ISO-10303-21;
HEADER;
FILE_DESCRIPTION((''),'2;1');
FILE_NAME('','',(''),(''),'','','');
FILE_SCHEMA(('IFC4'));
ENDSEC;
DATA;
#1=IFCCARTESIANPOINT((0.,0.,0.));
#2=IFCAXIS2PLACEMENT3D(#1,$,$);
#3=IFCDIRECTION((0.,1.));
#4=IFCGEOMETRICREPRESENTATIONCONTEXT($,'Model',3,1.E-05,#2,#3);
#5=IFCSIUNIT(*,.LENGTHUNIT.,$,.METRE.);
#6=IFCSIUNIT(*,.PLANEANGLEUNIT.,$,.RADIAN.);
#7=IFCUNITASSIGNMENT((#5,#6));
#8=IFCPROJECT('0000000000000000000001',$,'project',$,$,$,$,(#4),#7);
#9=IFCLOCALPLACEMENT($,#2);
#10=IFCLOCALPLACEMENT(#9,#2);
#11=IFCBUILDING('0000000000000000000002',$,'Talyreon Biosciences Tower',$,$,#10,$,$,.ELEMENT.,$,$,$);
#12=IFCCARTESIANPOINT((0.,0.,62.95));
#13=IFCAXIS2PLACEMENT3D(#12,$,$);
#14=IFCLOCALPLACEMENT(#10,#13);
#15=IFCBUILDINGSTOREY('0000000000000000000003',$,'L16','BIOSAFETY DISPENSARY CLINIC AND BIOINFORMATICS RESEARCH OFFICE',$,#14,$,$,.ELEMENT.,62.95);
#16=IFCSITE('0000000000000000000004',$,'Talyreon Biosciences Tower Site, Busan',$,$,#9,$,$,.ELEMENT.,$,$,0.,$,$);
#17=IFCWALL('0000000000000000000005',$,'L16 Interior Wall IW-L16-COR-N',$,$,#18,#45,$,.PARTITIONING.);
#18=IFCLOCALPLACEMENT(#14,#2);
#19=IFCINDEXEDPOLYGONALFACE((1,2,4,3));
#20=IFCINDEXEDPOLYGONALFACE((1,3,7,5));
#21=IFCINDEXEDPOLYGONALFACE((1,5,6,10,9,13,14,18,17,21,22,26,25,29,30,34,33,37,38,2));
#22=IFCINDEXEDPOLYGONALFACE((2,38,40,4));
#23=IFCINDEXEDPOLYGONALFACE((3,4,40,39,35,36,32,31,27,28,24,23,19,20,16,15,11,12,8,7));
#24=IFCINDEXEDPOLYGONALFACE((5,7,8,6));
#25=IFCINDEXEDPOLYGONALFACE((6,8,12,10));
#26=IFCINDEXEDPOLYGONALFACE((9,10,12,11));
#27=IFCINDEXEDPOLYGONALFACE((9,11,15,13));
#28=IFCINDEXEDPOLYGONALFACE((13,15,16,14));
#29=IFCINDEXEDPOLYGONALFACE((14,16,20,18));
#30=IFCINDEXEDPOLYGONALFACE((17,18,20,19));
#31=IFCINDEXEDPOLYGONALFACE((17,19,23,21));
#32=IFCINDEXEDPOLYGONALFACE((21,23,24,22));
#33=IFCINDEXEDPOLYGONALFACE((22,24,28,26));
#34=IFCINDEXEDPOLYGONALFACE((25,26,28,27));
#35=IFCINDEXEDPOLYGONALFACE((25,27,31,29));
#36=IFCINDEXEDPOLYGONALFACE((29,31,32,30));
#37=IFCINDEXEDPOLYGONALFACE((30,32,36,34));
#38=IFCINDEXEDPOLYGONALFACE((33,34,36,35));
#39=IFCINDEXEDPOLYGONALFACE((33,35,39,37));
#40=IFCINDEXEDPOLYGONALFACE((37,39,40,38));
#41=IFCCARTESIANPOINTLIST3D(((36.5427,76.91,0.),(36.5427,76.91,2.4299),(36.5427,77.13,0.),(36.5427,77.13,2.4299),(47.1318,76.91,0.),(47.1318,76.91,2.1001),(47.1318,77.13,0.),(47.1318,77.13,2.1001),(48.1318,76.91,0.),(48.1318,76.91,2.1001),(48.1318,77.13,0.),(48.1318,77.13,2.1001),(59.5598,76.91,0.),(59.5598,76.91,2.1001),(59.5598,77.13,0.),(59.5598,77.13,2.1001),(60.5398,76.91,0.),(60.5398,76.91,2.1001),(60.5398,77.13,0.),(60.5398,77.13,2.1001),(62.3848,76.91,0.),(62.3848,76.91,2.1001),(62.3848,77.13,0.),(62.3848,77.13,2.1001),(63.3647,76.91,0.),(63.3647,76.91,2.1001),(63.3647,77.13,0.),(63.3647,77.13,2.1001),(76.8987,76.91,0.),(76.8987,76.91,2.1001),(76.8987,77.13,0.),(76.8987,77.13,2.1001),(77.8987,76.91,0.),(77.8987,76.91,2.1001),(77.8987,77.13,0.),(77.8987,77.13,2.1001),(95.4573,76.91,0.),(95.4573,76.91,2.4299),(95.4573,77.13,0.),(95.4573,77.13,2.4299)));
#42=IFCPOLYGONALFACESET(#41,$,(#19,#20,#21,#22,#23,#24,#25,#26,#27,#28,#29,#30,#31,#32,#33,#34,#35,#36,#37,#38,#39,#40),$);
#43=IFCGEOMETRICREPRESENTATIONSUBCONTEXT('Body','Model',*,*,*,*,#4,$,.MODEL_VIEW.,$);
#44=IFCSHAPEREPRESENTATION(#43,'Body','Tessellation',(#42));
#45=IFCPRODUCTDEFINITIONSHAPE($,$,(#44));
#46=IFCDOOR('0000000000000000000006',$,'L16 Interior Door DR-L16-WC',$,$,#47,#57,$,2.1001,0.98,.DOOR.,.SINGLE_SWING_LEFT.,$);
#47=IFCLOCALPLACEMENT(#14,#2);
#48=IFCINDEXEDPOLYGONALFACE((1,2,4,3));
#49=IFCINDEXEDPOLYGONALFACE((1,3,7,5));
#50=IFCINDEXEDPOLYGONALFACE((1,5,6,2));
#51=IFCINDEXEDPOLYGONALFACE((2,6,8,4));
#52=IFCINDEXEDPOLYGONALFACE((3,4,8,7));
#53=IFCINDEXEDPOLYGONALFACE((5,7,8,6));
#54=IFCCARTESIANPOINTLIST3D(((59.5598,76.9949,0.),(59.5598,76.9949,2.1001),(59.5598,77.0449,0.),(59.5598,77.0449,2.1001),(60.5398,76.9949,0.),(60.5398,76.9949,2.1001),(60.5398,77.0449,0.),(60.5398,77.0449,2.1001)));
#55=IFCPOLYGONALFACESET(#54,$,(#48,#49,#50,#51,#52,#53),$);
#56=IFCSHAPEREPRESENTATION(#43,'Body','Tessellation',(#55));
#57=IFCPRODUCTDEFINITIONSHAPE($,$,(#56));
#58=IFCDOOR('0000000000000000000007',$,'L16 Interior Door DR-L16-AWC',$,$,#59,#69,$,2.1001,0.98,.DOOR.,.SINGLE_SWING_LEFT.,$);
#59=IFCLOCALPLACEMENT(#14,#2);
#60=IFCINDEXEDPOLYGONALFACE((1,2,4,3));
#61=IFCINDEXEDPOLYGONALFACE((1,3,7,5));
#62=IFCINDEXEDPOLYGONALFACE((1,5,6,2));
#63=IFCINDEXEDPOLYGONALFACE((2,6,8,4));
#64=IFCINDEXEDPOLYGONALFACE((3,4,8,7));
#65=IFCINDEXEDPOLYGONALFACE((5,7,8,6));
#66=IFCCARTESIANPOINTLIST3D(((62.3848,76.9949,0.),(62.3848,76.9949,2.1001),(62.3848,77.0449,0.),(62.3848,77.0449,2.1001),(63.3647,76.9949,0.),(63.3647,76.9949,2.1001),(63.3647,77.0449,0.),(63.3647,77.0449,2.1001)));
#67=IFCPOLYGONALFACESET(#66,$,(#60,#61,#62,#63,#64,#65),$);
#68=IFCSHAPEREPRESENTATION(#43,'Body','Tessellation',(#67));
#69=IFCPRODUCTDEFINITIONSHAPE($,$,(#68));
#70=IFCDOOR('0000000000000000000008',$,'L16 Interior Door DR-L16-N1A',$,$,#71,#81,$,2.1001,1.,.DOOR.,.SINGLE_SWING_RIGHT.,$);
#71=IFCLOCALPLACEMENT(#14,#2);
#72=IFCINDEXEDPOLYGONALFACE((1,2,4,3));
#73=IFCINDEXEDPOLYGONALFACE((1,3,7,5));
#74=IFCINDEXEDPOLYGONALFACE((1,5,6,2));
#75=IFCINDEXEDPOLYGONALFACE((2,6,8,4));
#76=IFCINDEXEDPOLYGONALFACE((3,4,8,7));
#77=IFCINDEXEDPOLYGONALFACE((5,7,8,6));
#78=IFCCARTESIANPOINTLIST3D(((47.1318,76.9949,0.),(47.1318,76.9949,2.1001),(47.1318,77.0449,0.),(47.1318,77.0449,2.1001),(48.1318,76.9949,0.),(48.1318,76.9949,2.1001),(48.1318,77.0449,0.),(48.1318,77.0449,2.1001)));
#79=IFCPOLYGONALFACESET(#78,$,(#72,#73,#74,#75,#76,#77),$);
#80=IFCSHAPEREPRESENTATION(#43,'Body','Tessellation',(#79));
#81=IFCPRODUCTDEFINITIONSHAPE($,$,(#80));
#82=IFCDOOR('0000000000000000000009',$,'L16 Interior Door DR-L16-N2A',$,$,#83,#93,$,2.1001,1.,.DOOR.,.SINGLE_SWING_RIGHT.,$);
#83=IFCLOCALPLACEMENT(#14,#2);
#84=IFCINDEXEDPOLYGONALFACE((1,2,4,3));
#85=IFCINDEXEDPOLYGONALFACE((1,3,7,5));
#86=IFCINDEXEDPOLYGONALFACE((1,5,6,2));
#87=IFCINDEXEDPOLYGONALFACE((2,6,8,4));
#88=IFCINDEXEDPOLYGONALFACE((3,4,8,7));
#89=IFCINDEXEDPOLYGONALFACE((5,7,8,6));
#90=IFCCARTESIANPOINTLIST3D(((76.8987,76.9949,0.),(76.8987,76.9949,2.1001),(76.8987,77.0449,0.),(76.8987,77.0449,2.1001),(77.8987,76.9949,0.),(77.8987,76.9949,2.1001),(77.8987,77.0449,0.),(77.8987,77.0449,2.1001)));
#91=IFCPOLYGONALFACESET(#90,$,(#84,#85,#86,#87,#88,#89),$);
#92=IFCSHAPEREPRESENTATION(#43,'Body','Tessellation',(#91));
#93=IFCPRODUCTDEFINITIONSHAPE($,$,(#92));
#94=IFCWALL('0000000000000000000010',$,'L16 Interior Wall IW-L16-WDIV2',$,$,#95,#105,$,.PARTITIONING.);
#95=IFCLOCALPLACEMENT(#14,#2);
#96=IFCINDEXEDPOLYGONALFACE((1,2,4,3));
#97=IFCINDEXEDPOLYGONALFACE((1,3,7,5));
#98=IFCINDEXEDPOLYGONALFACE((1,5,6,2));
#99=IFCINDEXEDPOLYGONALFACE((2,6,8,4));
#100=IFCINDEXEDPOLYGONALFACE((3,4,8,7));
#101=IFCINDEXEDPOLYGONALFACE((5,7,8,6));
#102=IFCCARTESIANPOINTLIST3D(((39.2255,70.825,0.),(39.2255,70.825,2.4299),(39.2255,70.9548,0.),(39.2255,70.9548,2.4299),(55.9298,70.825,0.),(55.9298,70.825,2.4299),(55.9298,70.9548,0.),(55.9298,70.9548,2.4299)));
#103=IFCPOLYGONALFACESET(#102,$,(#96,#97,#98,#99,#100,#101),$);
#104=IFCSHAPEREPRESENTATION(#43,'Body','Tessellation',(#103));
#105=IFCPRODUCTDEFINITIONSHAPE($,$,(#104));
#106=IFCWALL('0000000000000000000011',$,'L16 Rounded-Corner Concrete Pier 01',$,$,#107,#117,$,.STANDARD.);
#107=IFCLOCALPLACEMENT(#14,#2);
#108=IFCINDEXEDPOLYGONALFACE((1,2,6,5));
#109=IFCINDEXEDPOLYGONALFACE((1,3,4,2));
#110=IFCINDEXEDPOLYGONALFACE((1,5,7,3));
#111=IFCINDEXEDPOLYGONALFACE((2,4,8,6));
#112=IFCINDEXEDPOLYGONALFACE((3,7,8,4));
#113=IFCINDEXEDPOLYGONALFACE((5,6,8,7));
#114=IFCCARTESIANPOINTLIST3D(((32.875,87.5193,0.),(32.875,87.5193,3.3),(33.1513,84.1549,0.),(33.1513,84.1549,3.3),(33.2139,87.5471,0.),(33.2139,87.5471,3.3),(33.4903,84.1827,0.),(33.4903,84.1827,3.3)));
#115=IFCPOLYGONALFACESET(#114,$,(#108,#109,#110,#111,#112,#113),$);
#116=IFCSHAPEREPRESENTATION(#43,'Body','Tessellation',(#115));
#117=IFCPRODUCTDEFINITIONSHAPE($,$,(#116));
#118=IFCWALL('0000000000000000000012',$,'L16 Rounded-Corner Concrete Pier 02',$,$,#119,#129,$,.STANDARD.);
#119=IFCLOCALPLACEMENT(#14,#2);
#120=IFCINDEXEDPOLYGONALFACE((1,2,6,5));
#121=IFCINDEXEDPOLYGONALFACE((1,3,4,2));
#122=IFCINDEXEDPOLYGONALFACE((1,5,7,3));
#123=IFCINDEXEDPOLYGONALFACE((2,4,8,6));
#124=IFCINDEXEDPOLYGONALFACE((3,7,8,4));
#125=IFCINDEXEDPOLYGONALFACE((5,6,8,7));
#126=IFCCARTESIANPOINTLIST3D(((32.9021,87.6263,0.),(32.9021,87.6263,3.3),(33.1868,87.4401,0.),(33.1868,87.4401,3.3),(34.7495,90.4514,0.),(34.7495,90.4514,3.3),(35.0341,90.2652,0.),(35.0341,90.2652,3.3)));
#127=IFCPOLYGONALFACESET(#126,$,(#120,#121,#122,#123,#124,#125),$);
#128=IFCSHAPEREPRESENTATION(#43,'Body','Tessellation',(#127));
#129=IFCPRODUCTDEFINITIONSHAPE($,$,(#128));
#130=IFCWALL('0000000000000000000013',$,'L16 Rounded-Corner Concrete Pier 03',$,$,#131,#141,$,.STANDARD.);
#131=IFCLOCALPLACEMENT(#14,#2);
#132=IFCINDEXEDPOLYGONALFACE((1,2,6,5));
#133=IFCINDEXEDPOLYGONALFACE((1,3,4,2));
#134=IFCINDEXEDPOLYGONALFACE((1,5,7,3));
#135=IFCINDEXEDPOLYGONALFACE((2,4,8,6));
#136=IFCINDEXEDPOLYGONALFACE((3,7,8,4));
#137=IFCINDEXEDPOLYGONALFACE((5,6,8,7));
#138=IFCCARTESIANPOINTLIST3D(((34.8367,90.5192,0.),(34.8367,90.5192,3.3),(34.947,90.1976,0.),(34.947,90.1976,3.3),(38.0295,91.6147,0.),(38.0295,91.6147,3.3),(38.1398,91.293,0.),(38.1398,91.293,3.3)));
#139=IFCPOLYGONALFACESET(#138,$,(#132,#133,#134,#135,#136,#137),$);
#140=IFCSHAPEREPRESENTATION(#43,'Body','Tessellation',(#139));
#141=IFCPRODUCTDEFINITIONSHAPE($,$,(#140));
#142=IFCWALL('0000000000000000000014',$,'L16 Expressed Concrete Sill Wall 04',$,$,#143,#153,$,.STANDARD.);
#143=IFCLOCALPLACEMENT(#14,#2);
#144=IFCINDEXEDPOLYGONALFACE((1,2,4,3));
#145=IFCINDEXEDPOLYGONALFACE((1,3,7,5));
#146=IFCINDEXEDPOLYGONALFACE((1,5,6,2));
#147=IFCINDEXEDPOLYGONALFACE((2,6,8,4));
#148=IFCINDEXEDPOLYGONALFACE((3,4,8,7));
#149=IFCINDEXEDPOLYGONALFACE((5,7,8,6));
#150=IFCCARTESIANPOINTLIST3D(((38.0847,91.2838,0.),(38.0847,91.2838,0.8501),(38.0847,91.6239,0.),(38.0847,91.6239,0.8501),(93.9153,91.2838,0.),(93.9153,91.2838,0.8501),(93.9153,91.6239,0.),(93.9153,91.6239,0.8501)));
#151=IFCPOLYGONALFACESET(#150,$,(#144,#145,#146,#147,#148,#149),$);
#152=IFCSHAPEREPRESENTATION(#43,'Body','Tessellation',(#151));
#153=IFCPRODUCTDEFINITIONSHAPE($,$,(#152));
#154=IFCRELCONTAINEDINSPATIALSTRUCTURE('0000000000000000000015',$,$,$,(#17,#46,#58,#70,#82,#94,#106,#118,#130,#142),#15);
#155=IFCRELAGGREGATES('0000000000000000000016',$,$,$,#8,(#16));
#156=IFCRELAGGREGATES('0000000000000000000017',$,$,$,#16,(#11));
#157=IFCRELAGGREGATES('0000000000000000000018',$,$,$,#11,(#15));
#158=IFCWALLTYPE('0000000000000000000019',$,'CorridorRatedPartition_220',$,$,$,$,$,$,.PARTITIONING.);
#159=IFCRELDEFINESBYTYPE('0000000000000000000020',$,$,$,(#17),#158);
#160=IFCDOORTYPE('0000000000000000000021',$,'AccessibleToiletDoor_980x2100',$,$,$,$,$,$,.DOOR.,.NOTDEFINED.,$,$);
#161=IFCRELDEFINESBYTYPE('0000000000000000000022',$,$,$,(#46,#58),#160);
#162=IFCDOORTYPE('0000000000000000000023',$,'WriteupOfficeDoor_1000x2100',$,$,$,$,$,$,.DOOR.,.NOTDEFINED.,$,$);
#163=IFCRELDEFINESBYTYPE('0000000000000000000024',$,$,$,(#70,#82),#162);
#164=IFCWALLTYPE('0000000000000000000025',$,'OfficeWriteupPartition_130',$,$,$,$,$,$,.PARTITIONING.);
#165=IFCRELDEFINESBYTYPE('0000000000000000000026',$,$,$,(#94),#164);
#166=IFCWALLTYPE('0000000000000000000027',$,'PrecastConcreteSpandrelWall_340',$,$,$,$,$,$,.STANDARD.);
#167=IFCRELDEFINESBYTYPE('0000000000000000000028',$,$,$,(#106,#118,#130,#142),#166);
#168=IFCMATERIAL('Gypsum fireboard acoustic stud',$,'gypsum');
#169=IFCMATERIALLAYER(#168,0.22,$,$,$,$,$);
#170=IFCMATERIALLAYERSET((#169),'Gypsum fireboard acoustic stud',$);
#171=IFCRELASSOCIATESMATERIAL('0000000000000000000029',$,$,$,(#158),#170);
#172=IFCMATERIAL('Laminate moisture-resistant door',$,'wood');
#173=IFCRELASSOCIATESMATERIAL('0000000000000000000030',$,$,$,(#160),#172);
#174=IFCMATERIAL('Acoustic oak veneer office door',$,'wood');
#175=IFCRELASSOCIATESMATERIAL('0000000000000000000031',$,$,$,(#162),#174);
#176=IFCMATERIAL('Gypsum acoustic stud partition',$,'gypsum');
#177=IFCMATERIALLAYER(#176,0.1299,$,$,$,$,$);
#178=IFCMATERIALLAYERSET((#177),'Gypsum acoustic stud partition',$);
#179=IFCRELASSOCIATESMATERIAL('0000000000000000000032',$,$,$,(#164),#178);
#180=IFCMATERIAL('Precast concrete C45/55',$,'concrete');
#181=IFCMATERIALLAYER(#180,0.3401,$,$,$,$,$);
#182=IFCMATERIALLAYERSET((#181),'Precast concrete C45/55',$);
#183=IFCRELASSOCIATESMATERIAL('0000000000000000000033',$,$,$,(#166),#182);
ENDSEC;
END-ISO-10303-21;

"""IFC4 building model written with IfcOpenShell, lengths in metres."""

from ifc_helpers import new_model, si_unit, direction, frame, frame_2d, origin, place, context, subcontext, project, spatial, rectangle, extrude, material, layer, layer_set, type_object, element, fill, save


model = new_model("IFC4")

# Units and contexts
model_context = context("Model", 3, precision=1e-05, world=origin(), true_north=direction((0.0, 1.0)))
body_context = subcontext(model_context, "Body", "Model", "MODEL_VIEW")
ifc_project = project(units=[si_unit("LENGTHUNIT", "METRE"), si_unit("PLANEANGLEUNIT", "RADIAN")], contexts=[model_context])

# Site, building, storey
site_placement = place(None, origin())
site = spatial("IfcSite", under=ifc_project, at=site_placement, Name="Talyreon Biosciences Tower Site, Busan", CompositionType="ELEMENT", RefElevation=0.0)
building_placement = place(site_placement, origin())
building = spatial("IfcBuilding", under=site, at=building_placement, Name="Talyreon Biosciences Tower", CompositionType="ELEMENT")
storey_placement = place(building_placement, frame((0.0, 0.0, 62.95)))
storey = spatial("IfcBuildingStorey", under=building, at=storey_placement, Name="L16", Description="BIOSAFETY DISPENSARY CLINIC AND BIOINFORMATICS RESEARCH OFFICE", CompositionType="ELEMENT", Elevation=62.95)

# Shared definitions
ifc_material_1 = material(Name="Precast concrete C45/55", Category="concrete")

# Wall, openings, doors
ifc_material_2 = material(Name="Gypsum fireboard acoustic stud", Category="gypsum")
ifc_layer_1 = layer(ifc_material_2, 0.22)
ifc_layer_set_1 = layer_set([ifc_layer_1], Name="Gypsum fireboard acoustic stud")
wall_type_1 = type_object("IfcWallType", Name="CorridorRatedPartition_220", PredefinedType="PARTITIONING", material=ifc_layer_set_1)
wall_1_placement = place(storey_placement, frame((36.5427, 77.02, 0.0), z_axis=(0.0, 0.0, 1.0), x_axis=(1.0, 0.0, 0.0)))
wall_1 = element("IfcWall", 1, at=wall_1_placement, inside=storey, type_object=wall_type_1, Name="L16 Interior Wall IW-L16-COR-N", PredefinedType="PARTITIONING", context=body_context, shape_type="SweptSolid", body=[
    extrude(rectangle(XDim=58.9146, YDim=0.22, at=frame_2d((29.4573, 0.0))), origin(), (0.0, 0.0, 1.0), 2.4299),
])
opening_1_placement = place(wall_1_placement, frame((23.0171, 0.0, 0.0)))
opening_1 = element("IfcOpeningElement", 2, at=opening_1_placement, cuts=wall_1, PredefinedType="OPENING", context=body_context, shape_type="SweptSolid", body=[
    extrude(rectangle(XDim=0.98, YDim=2.1001, at=frame_2d((0.49, 1.05))), frame((0.0, 0.1199, 0.0), z_axis=(0.0, -1.0, 0.0), x_axis=(1.0, 0.0, 0.0)), (0.0, 0.0, 1.0), 0.24),
])
opening_2_placement = place(wall_1_placement, frame((25.842, 0.0, 0.0)))
opening_2 = element("IfcOpeningElement", 3, at=opening_2_placement, cuts=wall_1, PredefinedType="OPENING", context=body_context, shape_type="SweptSolid", body=[
    extrude(rectangle(XDim=0.98, YDim=2.1001, at=frame_2d((0.49, 1.05))), frame((0.0, 0.1199, 0.0), z_axis=(0.0, -1.0, 0.0), x_axis=(1.0, 0.0, 0.0)), (0.0, 0.0, 1.0), 0.24),
])
opening_3_placement = place(wall_1_placement, frame((10.5891, 0.0, 0.0)))
opening_3 = element("IfcOpeningElement", 4, at=opening_3_placement, cuts=wall_1, PredefinedType="OPENING", context=body_context, shape_type="SweptSolid", body=[
    extrude(rectangle(XDim=1.0, YDim=2.1001, at=frame_2d((0.5, 1.05))), frame((0.0, 0.1199, 0.0), z_axis=(0.0, -1.0, 0.0), x_axis=(1.0, 0.0, 0.0)), (0.0, 0.0, 1.0), 0.24),
])
opening_4_placement = place(wall_1_placement, frame((40.356, 0.0, 0.0)))
opening_4 = element("IfcOpeningElement", 5, at=opening_4_placement, cuts=wall_1, PredefinedType="OPENING", context=body_context, shape_type="SweptSolid", body=[
    extrude(rectangle(XDim=1.0, YDim=2.1001, at=frame_2d((0.5, 1.05))), frame((0.0, 0.1199, 0.0), z_axis=(0.0, -1.0, 0.0), x_axis=(1.0, 0.0, 0.0)), (0.0, 0.0, 1.0), 0.24),
])
ifc_material_3 = material(Name="Laminate moisture-resistant door", Category="wood")
door_type_1 = type_object("IfcDoorType", Name="AccessibleToiletDoor_980x2100", OperationType="NOTDEFINED", PredefinedType="DOOR", material=ifc_material_3)
door_1_placement = place(opening_1_placement, origin())
door_1 = element("IfcDoor", 6, at=door_1_placement, inside=storey, type_object=door_type_1, Name="L16 Interior Door DR-L16-WC", OperationType="SINGLE_SWING_LEFT", OverallHeight=2.1001, OverallWidth=0.98, PredefinedType="DOOR", context=body_context, shape_type="SweptSolid", body=[
    extrude(rectangle(XDim=0.98, YDim=2.1001, at=frame_2d((0.49, 1.05))), frame((0.0, 0.0249, 0.0), z_axis=(0.0, -1.0, 0.0), x_axis=(1.0, 0.0, 0.0)), (0.0, 0.0, 1.0), 0.05),
])
fill(opening_1, door_1)
door_2_placement = place(opening_2_placement, origin())
door_2 = element("IfcDoor", 7, at=door_2_placement, inside=storey, type_object=door_type_1, Name="L16 Interior Door DR-L16-AWC", OperationType="SINGLE_SWING_LEFT", OverallHeight=2.1001, OverallWidth=0.98, PredefinedType="DOOR", context=body_context, shape_type="SweptSolid", body=[
    extrude(rectangle(XDim=0.98, YDim=2.1001, at=frame_2d((0.49, 1.05))), frame((0.0, 0.0249, 0.0), z_axis=(0.0, -1.0, 0.0), x_axis=(1.0, 0.0, 0.0)), (0.0, 0.0, 1.0), 0.05),
])
fill(opening_2, door_2)
ifc_material_4 = material(Name="Acoustic oak veneer office door", Category="wood")
door_type_2 = type_object("IfcDoorType", Name="WriteupOfficeDoor_1000x2100", OperationType="NOTDEFINED", PredefinedType="DOOR", material=ifc_material_4)
door_3_placement = place(opening_3_placement, origin())
door_3 = element("IfcDoor", 8, at=door_3_placement, inside=storey, type_object=door_type_2, Name="L16 Interior Door DR-L16-N1A", OperationType="SINGLE_SWING_RIGHT", OverallHeight=2.1001, OverallWidth=1.0, PredefinedType="DOOR", context=body_context, shape_type="SweptSolid", body=[
    extrude(rectangle(XDim=1.0, YDim=2.1001, at=frame_2d((0.5, 1.05))), frame((0.0, 0.0249, 0.0), z_axis=(0.0, -1.0, 0.0), x_axis=(1.0, 0.0, 0.0)), (0.0, 0.0, 1.0), 0.05),
])
fill(opening_3, door_3)
door_4_placement = place(opening_4_placement, origin())
door_4 = element("IfcDoor", 9, at=door_4_placement, inside=storey, type_object=door_type_2, Name="L16 Interior Door DR-L16-N2A", OperationType="SINGLE_SWING_RIGHT", OverallHeight=2.1001, OverallWidth=1.0, PredefinedType="DOOR", context=body_context, shape_type="SweptSolid", body=[
    extrude(rectangle(XDim=1.0, YDim=2.1001, at=frame_2d((0.5, 1.05))), frame((0.0, 0.0249, 0.0), z_axis=(0.0, -1.0, 0.0), x_axis=(1.0, 0.0, 0.0)), (0.0, 0.0, 1.0), 0.05),
])
fill(opening_4, door_4)

# Walls
ifc_material_5 = material(Name="Gypsum acoustic stud partition", Category="gypsum")
ifc_layer_2 = layer(ifc_material_5, 0.1299)
ifc_layer_set_2 = layer_set([ifc_layer_2], Name="Gypsum acoustic stud partition")
wall_type_2 = type_object("IfcWallType", Name="OfficeWriteupPartition_130", PredefinedType="PARTITIONING", material=ifc_layer_set_2)
wall_2_placement = place(storey_placement, frame((39.2256, 70.8899, 0.0), z_axis=(0.0, 0.0, 1.0), x_axis=(1.0, 0.0, 0.0)))
element("IfcWall", 10, at=wall_2_placement, inside=storey, type_object=wall_type_2, Name="L16 Interior Wall IW-L16-WDIV2", PredefinedType="PARTITIONING", context=body_context, shape_type="SweptSolid", body=[
    extrude(rectangle(XDim=16.7043, YDim=0.1299, at=frame_2d((8.3521, 0.0))), origin(), (0.0, 0.0, 1.0), 2.4299),
])
ifc_layer_3 = layer(ifc_material_1, 0.3401)
ifc_layer_set_3 = layer_set([ifc_layer_3], Name="Precast concrete C45/55")
wall_type_3 = type_object("IfcWallType", Name="PrecastConcreteSpandrelWall_340", PredefinedType="STANDARD", material=ifc_layer_set_3)
wall_3_placement = place(storey_placement, frame((33.3208, 84.1687, 0.0), z_axis=(0.0, 0.0, 1.0), x_axis=(-0.081866, 0.996643, 0.0)))
element("IfcWall", 11, at=wall_3_placement, inside=storey, type_object=wall_type_3, Name="L16 Rounded-Corner Concrete Pier 01", PredefinedType="STANDARD", context=body_context, shape_type="SweptSolid", body=[
    extrude(rectangle(XDim=3.3757, YDim=0.3401, at=frame_2d((1.688, 0.0))), origin(), (0.0, 0.0, 1.0), 3.3),
])
for number, where, z_axis, x_axis, name in (
    (12, (33.0444, 87.5332, 0.0), (0.0, 0.0, 1.0), (0.547284, 0.836947, 0.0), "L16 Rounded-Corner Concrete Pier 02"),
    (13, (34.8918, 90.3584, 0.0), (0.0, 0.0, 1.0), (0.945877, 0.324526, 0.0), "L16 Rounded-Corner Concrete Pier 03"),
):
    element("IfcWall", number, at=place(storey_placement, frame(where, z_axis=z_axis, x_axis=x_axis)), inside=storey, type_object=wall_type_3, Name=name, PredefinedType="STANDARD", context=body_context, shape_type="SweptSolid", body=[
        extrude(rectangle(XDim=3.3755, YDim=0.3401, at=frame_2d((1.6877, 0.0))), origin(), (0.0, 0.0, 1.0), 3.3),
    ])
wall_4_placement = place(storey_placement, frame((38.0847, 91.4539, 0.0), z_axis=(0.0, 0.0, 1.0), x_axis=(1.0, 0.0, 0.0)))
element("IfcWall", 14, at=wall_4_placement, inside=storey, type_object=wall_type_3, Name="L16 Expressed Concrete Sill Wall 04", PredefinedType="STANDARD", context=body_context, shape_type="SweptSolid", body=[
    extrude(rectangle(XDim=55.8306, YDim=0.3401, at=frame_2d((27.9153, 0.0))), origin(), (0.0, 0.0, 1.0), 0.8501),
])

save(model, "model.ifc")
